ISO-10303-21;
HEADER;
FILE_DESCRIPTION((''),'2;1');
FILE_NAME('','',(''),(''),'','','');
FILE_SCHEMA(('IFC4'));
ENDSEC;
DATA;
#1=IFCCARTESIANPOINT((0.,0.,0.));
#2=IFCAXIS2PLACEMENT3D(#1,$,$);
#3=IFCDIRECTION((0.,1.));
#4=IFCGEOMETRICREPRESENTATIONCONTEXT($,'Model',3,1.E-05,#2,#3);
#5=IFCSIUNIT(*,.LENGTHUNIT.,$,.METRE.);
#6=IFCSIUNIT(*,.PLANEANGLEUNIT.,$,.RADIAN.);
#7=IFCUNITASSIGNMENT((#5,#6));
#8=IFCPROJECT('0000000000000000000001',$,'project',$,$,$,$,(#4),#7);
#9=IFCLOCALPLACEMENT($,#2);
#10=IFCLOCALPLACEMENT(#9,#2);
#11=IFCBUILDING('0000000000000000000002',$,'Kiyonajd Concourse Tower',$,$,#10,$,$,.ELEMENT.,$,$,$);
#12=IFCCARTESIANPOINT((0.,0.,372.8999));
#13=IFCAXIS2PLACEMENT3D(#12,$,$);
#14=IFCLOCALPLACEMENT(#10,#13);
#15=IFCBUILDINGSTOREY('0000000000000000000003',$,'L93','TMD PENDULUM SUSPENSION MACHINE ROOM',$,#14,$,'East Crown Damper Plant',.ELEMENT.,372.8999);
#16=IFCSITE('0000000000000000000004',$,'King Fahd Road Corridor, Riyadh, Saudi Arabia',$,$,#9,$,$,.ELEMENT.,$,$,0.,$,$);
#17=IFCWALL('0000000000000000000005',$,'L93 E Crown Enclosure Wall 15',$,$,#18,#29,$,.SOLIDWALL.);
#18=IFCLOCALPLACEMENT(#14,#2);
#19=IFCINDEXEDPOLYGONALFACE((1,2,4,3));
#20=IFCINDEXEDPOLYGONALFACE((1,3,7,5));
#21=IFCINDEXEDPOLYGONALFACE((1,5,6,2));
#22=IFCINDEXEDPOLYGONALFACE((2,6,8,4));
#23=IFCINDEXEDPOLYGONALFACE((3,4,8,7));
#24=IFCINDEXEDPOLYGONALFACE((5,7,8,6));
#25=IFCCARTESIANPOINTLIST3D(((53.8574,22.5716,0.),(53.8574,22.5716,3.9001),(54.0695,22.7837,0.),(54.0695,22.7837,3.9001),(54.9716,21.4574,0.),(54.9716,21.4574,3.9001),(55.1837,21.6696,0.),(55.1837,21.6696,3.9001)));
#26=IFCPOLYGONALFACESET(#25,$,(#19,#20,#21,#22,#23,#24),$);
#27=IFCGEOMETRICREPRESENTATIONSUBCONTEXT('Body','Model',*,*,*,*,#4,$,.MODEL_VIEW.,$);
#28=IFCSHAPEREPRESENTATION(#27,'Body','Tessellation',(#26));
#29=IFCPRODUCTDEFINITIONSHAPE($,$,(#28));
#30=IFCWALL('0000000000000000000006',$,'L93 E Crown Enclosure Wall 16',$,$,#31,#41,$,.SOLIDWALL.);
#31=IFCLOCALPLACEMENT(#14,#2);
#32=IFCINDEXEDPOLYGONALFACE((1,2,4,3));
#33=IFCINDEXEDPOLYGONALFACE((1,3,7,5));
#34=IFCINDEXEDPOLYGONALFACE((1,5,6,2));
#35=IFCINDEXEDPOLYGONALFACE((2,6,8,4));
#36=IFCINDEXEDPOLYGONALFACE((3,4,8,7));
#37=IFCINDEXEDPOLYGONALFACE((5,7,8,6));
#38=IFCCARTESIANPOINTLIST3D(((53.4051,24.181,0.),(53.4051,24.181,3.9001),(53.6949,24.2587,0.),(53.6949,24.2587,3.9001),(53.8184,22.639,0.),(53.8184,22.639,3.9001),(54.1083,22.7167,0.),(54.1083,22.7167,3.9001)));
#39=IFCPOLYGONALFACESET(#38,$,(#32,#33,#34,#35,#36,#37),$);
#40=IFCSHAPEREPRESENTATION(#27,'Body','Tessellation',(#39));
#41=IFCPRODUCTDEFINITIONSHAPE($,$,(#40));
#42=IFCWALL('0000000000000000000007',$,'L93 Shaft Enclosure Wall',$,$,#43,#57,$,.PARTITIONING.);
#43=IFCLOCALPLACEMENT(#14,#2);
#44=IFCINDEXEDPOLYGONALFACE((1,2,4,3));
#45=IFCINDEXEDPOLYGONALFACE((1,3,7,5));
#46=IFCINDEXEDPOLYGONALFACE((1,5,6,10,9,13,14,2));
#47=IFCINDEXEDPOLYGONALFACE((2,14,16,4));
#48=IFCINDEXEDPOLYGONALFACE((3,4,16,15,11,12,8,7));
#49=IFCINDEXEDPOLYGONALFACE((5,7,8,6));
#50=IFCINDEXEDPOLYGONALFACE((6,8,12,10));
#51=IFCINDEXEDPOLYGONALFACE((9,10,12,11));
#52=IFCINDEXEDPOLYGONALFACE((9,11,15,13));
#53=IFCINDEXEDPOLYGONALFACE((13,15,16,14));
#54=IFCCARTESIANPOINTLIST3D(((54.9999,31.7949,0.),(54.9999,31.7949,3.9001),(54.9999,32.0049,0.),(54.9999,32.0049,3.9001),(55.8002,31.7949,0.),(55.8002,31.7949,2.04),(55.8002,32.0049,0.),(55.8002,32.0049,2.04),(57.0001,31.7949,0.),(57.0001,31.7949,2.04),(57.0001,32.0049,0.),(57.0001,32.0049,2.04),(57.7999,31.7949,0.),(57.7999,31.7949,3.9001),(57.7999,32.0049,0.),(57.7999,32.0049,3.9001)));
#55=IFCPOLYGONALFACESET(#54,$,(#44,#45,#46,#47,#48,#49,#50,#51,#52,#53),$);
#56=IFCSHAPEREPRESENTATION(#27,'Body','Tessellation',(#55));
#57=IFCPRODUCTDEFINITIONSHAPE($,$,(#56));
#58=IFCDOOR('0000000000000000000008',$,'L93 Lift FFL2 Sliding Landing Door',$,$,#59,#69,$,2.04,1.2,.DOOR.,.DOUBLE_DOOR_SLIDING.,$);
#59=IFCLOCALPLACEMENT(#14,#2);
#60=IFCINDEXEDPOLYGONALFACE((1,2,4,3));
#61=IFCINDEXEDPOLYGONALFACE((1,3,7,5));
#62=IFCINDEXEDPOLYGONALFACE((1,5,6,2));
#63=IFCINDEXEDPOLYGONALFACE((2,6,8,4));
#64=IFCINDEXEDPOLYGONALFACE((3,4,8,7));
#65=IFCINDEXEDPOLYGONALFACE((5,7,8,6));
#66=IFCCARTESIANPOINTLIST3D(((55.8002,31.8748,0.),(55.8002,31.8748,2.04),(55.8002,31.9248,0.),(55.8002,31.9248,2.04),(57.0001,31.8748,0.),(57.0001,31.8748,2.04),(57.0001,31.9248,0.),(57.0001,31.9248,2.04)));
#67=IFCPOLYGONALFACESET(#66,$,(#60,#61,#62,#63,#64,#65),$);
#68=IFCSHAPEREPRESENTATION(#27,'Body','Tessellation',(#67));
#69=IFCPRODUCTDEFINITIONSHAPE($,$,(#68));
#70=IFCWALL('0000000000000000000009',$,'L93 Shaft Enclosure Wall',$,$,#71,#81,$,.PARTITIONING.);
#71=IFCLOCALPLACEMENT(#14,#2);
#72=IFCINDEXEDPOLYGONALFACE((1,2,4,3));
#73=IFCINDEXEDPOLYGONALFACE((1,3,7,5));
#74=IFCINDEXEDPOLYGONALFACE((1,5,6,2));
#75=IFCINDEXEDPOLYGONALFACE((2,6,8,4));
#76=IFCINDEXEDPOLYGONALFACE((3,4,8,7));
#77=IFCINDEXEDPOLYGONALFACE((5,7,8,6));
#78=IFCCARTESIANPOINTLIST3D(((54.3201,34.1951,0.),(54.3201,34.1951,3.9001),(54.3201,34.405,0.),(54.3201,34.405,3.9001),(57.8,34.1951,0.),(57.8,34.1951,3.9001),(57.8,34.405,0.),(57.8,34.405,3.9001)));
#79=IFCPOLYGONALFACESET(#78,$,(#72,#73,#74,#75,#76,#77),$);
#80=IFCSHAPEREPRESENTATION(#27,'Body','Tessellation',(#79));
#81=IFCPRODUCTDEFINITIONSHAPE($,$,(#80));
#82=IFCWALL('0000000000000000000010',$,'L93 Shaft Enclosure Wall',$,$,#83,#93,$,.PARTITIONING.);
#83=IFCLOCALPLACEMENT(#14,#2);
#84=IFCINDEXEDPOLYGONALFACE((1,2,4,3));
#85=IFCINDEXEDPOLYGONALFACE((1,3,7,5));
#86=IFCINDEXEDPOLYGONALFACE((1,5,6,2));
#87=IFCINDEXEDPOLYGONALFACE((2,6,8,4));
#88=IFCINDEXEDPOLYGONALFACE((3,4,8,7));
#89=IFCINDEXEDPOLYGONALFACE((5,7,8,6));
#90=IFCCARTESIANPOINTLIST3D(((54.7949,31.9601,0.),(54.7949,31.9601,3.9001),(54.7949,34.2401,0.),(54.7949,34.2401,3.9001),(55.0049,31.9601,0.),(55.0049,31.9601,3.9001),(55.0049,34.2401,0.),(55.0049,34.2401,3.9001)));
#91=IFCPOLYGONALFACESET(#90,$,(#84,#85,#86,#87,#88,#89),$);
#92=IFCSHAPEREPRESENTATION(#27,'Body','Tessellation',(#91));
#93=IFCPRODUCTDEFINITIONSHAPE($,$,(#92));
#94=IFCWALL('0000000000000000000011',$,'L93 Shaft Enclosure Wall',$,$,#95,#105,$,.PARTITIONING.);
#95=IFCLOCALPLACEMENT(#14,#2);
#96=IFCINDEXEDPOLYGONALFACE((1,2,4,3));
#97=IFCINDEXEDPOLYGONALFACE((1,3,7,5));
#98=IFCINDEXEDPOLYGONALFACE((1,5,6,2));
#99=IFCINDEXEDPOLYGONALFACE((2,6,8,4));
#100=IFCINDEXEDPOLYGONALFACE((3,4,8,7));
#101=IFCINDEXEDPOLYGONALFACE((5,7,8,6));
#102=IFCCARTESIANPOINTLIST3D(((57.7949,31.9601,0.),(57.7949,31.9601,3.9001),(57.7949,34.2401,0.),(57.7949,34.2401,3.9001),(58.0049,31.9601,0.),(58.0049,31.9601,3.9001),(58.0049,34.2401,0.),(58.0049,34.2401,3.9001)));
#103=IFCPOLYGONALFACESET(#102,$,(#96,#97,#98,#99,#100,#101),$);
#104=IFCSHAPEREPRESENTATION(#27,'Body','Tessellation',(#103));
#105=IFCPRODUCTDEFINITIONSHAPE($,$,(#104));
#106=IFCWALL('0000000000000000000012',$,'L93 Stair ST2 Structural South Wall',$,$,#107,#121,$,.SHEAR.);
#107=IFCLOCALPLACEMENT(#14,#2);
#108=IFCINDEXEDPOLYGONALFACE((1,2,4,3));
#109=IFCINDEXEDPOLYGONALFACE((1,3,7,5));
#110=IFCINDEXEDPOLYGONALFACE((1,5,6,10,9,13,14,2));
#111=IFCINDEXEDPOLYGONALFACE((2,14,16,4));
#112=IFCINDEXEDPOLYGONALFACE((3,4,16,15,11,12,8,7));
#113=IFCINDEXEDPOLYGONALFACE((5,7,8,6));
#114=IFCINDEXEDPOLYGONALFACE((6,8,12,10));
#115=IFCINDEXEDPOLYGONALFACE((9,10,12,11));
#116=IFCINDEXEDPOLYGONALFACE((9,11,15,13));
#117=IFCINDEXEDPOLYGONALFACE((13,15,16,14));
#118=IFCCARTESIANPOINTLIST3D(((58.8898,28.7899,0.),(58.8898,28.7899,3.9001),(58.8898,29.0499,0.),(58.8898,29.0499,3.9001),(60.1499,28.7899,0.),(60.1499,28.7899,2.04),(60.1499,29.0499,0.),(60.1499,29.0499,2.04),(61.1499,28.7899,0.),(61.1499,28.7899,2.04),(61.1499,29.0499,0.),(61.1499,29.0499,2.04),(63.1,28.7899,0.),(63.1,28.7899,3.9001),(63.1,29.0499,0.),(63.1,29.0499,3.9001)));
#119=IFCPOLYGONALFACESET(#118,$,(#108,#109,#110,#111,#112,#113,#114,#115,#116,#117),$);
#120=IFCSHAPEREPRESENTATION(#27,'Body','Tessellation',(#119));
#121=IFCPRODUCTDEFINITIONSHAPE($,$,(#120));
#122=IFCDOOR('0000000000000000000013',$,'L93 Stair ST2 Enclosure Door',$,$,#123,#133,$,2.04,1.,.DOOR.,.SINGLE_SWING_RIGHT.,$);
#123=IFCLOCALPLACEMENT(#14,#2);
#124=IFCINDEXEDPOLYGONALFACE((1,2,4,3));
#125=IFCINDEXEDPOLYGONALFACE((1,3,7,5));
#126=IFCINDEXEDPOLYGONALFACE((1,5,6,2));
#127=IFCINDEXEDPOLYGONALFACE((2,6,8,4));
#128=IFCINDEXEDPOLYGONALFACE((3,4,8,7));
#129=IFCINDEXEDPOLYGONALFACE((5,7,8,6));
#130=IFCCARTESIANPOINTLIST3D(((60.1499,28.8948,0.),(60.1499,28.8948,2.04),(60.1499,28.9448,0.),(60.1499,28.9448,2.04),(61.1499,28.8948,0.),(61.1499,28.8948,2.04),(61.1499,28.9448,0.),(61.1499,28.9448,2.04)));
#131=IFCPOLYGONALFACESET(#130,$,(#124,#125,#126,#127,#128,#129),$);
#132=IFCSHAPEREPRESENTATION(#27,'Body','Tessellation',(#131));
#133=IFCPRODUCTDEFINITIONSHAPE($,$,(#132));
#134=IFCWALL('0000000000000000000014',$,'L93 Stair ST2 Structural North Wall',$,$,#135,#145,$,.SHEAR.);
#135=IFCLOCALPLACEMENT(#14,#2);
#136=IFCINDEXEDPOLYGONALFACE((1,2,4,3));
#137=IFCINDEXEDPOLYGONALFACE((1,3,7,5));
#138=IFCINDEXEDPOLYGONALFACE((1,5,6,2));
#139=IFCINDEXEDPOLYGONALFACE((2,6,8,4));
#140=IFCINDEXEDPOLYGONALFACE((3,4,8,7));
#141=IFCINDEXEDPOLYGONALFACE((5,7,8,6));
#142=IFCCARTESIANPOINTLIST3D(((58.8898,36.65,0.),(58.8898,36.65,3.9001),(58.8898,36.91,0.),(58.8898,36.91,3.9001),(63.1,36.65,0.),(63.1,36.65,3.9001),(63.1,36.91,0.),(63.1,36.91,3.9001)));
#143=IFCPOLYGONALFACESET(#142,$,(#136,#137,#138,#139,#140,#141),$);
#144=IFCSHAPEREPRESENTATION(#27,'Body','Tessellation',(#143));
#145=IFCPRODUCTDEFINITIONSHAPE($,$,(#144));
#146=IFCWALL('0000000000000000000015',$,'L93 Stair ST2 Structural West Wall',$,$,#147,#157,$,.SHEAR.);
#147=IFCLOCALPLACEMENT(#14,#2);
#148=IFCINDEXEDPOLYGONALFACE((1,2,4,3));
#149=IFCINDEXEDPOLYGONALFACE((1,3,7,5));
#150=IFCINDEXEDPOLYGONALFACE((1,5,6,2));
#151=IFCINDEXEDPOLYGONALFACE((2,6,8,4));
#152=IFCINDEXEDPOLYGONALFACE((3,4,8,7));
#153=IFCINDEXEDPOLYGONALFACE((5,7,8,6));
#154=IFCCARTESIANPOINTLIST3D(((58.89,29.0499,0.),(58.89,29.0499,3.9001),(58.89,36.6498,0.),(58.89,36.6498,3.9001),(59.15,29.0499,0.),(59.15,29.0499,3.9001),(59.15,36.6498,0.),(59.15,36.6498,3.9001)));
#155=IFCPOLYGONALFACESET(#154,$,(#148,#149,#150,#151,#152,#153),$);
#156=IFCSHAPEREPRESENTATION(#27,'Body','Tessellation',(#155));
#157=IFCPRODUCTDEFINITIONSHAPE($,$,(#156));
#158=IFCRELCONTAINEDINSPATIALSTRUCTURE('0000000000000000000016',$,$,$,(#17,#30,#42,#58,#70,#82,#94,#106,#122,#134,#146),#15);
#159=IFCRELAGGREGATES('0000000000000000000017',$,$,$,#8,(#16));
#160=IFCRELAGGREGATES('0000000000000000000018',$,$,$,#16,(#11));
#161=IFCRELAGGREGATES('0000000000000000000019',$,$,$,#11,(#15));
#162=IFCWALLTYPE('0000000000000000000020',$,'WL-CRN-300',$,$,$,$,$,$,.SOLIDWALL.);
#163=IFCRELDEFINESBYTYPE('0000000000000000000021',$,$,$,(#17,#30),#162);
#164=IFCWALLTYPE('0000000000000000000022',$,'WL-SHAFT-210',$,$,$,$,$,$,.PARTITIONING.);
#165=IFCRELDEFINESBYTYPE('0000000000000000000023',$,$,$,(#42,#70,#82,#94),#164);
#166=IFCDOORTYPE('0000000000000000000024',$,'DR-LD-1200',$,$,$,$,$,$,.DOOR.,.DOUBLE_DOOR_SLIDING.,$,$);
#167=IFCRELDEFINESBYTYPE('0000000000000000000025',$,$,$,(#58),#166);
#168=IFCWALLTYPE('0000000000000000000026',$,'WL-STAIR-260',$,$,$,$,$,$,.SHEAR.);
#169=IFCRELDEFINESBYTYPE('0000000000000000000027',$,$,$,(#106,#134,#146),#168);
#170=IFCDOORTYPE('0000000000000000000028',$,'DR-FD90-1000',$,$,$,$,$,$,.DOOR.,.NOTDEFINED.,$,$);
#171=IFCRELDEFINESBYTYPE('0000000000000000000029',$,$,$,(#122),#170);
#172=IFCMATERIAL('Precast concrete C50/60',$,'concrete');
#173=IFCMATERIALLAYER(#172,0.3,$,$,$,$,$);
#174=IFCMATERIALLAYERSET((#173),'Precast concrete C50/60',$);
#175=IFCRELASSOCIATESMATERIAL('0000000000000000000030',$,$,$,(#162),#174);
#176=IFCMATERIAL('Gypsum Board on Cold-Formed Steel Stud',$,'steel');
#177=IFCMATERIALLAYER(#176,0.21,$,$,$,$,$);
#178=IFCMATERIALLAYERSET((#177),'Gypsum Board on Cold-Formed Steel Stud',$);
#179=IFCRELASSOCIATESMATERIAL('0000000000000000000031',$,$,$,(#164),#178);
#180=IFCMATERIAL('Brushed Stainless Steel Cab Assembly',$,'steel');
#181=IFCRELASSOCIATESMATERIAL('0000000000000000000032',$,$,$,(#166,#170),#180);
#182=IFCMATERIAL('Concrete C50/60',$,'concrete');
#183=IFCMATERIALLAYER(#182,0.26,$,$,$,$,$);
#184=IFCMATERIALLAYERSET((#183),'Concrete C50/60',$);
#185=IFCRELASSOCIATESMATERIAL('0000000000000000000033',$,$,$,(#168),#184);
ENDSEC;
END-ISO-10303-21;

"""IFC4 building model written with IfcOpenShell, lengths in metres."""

from ifc_helpers import new_model, si_unit, direction, frame, frame_2d, origin, place, context, subcontext, project, spatial, rectangle, extrude, material, layer, layer_set, type_object, element, fill, save


model = new_model("IFC4")

# Units and contexts
model_context = context("Model", 3, precision=1e-05, world=origin(), true_north=direction((0.0, 1.0)))
body_context = subcontext(model_context, "Body", "Model", "MODEL_VIEW")
ifc_project = project(units=[si_unit("LENGTHUNIT", "METRE"), si_unit("PLANEANGLEUNIT", "RADIAN")], contexts=[model_context])

# Site, building, storey
site_placement = place(None, origin())
site = spatial("IfcSite", under=ifc_project, at=site_placement, Name="King Fahd Road Corridor, Riyadh, Saudi Arabia", CompositionType="ELEMENT", RefElevation=0.0)
building_placement = place(site_placement, origin())
building = spatial("IfcBuilding", under=site, at=building_placement, Name="Kiyonajd Concourse Tower", CompositionType="ELEMENT")
storey_placement = place(building_placement, frame((0.0, 0.0, 372.8999)))
storey = spatial("IfcBuildingStorey", under=building, at=storey_placement, Name="L93", Description="TMD PENDULUM SUSPENSION MACHINE ROOM", LongName="East Crown Damper Plant", CompositionType="ELEMENT", Elevation=372.8999)

# Shared definitions
ifc_material_1 = material(Name="Concrete C50/60", Category="concrete")

# Walls
ifc_material_2 = material(Name="Precast concrete C50/60", Category="concrete")
ifc_layer_1 = layer(ifc_material_2, 0.3)
ifc_layer_set_1 = layer_set([ifc_layer_1], Name="Precast concrete C50/60")
wall_type_1 = type_object("IfcWallType", Name="WL-CRN-300", PredefinedType="SOLIDWALL", material=ifc_layer_set_1)
wall_1_placement = place(storey_placement, frame((55.0776, 21.5635, 0.0), z_axis=(0.0, 0.0, 1.0), x_axis=(-0.707107, 0.707107, 0.0)))
element("IfcWall", 1, at=wall_1_placement, inside=storey, type_object=wall_type_1, Name="L93 E Crown Enclosure Wall 15", PredefinedType="SOLIDWALL", context=body_context, shape_type="SweptSolid", body=[
    extrude(rectangle(XDim=1.5757, YDim=0.3, at=frame_2d((0.7878, 0.0))), origin(), (0.0, 0.0, 1.0), 3.9001),
])
wall_2_placement = place(storey_placement, frame((53.9634, 22.6777, 0.0), z_axis=(0.0, 0.0, 1.0), x_axis=(-0.258909, 0.965902, 0.0)))
element("IfcWall", 2, at=wall_2_placement, inside=storey, type_object=wall_type_1, Name="L93 E Crown Enclosure Wall 16", PredefinedType="SOLIDWALL", context=body_context, shape_type="SweptSolid", body=[
    extrude(rectangle(XDim=1.5964, YDim=0.3, at=frame_2d((0.7983, 0.0))), origin(), (0.0, 0.0, 1.0), 3.9001),
])

# Wall, opening, door
ifc_material_3 = material(Name="Gypsum Board on Cold-Formed Steel Stud", Category="steel")
ifc_layer_2 = layer(ifc_material_3, 0.21)
ifc_layer_set_2 = layer_set([ifc_layer_2], Name="Gypsum Board on Cold-Formed Steel Stud")
wall_type_2 = type_object("IfcWallType", Name="WL-SHAFT-210", PredefinedType="PARTITIONING", material=ifc_layer_set_2)
wall_3_placement = place(storey_placement, frame((55.0, 31.8999, 0.0), z_axis=(0.0, 0.0, 1.0), x_axis=(1.0, 0.0, 0.0)))
wall_3 = element("IfcWall", 3, at=wall_3_placement, inside=storey, type_object=wall_type_2, Name="L93 Shaft Enclosure Wall", PredefinedType="PARTITIONING", context=body_context, shape_type="SweptSolid", body=[
    extrude(rectangle(XDim=2.8, YDim=0.21, at=frame_2d((1.3999, 0.0))), origin(), (0.0, 0.0, 1.0), 3.9001),
])
opening_1_placement = place(wall_3_placement, frame((0.8, 0.0, 0.0)))
opening_1 = element("IfcOpeningElement", 4, at=opening_1_placement, cuts=wall_3, PredefinedType="OPENING", context=body_context, shape_type="SweptSolid", body=[
    extrude(rectangle(XDim=1.2, YDim=2.04, at=frame_2d((0.6001, 1.02))), frame((0.0, 0.115, 0.0), z_axis=(0.0, -1.0, 0.0), x_axis=(1.0, 0.0, 0.0)), (0.0, 0.0, 1.0), 0.23),
])
ifc_material_4 = material(Name="Brushed Stainless Steel Cab Assembly", Category="steel")
door_type_1 = type_object("IfcDoorType", Name="DR-LD-1200", OperationType="DOUBLE_DOOR_SLIDING", PredefinedType="DOOR", material=ifc_material_4)
door_1_placement = place(opening_1_placement, origin())
door_1 = element("IfcDoor", 5, at=door_1_placement, inside=storey, type_object=door_type_1, Name="L93 Lift FFL2 Sliding Landing Door", OperationType="DOUBLE_DOOR_SLIDING", OverallHeight=2.04, OverallWidth=1.2, PredefinedType="DOOR", context=body_context, shape_type="SweptSolid", body=[
    extrude(rectangle(XDim=1.2, YDim=2.04, at=frame_2d((0.6001, 1.02))), frame((0.0, 0.0249, 0.0), z_axis=(0.0, -1.0, 0.0), x_axis=(1.0, 0.0, 0.0)), (0.0, 0.0, 1.0), 0.05),
])
fill(opening_1, door_1)

# Walls
wall_4_placement = place(storey_placement, frame((54.3201, 34.3, 0.0), z_axis=(0.0, 0.0, 1.0), x_axis=(1.0, 0.0, 0.0)))
element("IfcWall", 6, at=wall_4_placement, inside=storey, type_object=wall_type_2, Name="L93 Shaft Enclosure Wall", PredefinedType="PARTITIONING", context=body_context, shape_type="SweptSolid", body=[
    extrude(rectangle(XDim=3.48, YDim=0.21, at=frame_2d((1.74, 0.0))), origin(), (0.0, 0.0, 1.0), 3.9001),
])
for number, where, z_axis, x_axis, name in (
    (7, (54.8999, 31.96, 0.0), (0.0, 0.0, 1.0), (0.0, 1.0, 0.0), "L93 Shaft Enclosure Wall"),
    (8, (57.8999, 31.96, 0.0), (0.0, 0.0, 1.0), (0.0, 1.0, 0.0), "L93 Shaft Enclosure Wall"),
):
    element("IfcWall", number, at=place(storey_placement, frame(where, z_axis=z_axis, x_axis=x_axis)), inside=storey, type_object=wall_type_2, Name=name, PredefinedType="PARTITIONING", context=body_context, shape_type="SweptSolid", body=[
        extrude(rectangle(XDim=2.28, YDim=0.21, at=frame_2d((1.1401, 0.0))), origin(), (0.0, 0.0, 1.0), 3.9001),
    ])

# Wall, opening, door
ifc_layer_3 = layer(ifc_material_1, 0.26)
ifc_layer_set_3 = layer_set([ifc_layer_3], Name="Concrete C50/60")
wall_type_3 = type_object("IfcWallType", Name="WL-STAIR-260", PredefinedType="SHEAR", material=ifc_layer_set_3)
wall_5_placement = place(storey_placement, frame((58.8899, 28.9199, 0.0), z_axis=(0.0, 0.0, 1.0), x_axis=(1.0, 0.0, 0.0)))
wall_5 = element("IfcWall", 9, at=wall_5_placement, inside=storey, type_object=wall_type_3, Name="L93 Stair ST2 Structural South Wall", PredefinedType="SHEAR", context=body_context, shape_type="SweptSolid", body=[
    extrude(rectangle(XDim=4.2102, YDim=0.26, at=frame_2d((2.105, 0.0))), origin(), (0.0, 0.0, 1.0), 3.9001),
])
opening_2_placement = place(wall_5_placement, frame((1.26, 0.0, 0.0)))
opening_2 = element("IfcOpeningElement", 10, at=opening_2_placement, cuts=wall_5, PredefinedType="OPENING", context=body_context, shape_type="SweptSolid", body=[
    extrude(rectangle(XDim=1.0, YDim=2.04, at=frame_2d((0.5, 1.02))), frame((0.0, 0.1399, 0.0), z_axis=(0.0, -1.0, 0.0), x_axis=(1.0, 0.0, 0.0)), (0.0, 0.0, 1.0), 0.28),
])
door_type_2 = type_object("IfcDoorType", Name="DR-FD90-1000", OperationType="NOTDEFINED", PredefinedType="DOOR", material=ifc_material_4)
door_2_placement = place(opening_2_placement, origin())
door_2 = element("IfcDoor", 11, at=door_2_placement, inside=storey, type_object=door_type_2, Name="L93 Stair ST2 Enclosure Door", OperationType="SINGLE_SWING_RIGHT", OverallHeight=2.04, OverallWidth=1.0, PredefinedType="DOOR", context=body_context, shape_type="SweptSolid", body=[
    extrude(rectangle(XDim=1.0, YDim=2.04, at=frame_2d((0.5, 1.02))), frame((0.0, 0.0249, 0.0), z_axis=(0.0, -1.0, 0.0), x_axis=(1.0, 0.0, 0.0)), (0.0, 0.0, 1.0), 0.05),
])
fill(opening_2, door_2)

# Walls
wall_6_placement = place(storey_placement, frame((58.8899, 36.78, 0.0), z_axis=(0.0, 0.0, 1.0), x_axis=(1.0, 0.0, 0.0)))
element("IfcWall", 12, at=wall_6_placement, inside=storey, type_object=wall_type_3, Name="L93 Stair ST2 Structural North Wall", PredefinedType="SHEAR", context=body_context, shape_type="SweptSolid", body=[
    extrude(rectangle(XDim=4.2102, YDim=0.26, at=frame_2d((2.105, 0.0))), origin(), (0.0, 0.0, 1.0), 3.9001),
])
wall_7_placement = place(storey_placement, frame((59.02, 29.05, 0.0), z_axis=(0.0, 0.0, 1.0), x_axis=(0.0, 1.0, 0.0)))
element("IfcWall", 13, at=wall_7_placement, inside=storey, type_object=wall_type_3, Name="L93 Stair ST2 Structural West Wall", PredefinedType="SHEAR", context=body_context, shape_type="SweptSolid", body=[
    extrude(rectangle(XDim=7.5999, YDim=0.26, at=frame_2d((3.7998, 0.0))), origin(), (0.0, 0.0, 1.0), 3.9001),
])

save(model, "model.ifc")
